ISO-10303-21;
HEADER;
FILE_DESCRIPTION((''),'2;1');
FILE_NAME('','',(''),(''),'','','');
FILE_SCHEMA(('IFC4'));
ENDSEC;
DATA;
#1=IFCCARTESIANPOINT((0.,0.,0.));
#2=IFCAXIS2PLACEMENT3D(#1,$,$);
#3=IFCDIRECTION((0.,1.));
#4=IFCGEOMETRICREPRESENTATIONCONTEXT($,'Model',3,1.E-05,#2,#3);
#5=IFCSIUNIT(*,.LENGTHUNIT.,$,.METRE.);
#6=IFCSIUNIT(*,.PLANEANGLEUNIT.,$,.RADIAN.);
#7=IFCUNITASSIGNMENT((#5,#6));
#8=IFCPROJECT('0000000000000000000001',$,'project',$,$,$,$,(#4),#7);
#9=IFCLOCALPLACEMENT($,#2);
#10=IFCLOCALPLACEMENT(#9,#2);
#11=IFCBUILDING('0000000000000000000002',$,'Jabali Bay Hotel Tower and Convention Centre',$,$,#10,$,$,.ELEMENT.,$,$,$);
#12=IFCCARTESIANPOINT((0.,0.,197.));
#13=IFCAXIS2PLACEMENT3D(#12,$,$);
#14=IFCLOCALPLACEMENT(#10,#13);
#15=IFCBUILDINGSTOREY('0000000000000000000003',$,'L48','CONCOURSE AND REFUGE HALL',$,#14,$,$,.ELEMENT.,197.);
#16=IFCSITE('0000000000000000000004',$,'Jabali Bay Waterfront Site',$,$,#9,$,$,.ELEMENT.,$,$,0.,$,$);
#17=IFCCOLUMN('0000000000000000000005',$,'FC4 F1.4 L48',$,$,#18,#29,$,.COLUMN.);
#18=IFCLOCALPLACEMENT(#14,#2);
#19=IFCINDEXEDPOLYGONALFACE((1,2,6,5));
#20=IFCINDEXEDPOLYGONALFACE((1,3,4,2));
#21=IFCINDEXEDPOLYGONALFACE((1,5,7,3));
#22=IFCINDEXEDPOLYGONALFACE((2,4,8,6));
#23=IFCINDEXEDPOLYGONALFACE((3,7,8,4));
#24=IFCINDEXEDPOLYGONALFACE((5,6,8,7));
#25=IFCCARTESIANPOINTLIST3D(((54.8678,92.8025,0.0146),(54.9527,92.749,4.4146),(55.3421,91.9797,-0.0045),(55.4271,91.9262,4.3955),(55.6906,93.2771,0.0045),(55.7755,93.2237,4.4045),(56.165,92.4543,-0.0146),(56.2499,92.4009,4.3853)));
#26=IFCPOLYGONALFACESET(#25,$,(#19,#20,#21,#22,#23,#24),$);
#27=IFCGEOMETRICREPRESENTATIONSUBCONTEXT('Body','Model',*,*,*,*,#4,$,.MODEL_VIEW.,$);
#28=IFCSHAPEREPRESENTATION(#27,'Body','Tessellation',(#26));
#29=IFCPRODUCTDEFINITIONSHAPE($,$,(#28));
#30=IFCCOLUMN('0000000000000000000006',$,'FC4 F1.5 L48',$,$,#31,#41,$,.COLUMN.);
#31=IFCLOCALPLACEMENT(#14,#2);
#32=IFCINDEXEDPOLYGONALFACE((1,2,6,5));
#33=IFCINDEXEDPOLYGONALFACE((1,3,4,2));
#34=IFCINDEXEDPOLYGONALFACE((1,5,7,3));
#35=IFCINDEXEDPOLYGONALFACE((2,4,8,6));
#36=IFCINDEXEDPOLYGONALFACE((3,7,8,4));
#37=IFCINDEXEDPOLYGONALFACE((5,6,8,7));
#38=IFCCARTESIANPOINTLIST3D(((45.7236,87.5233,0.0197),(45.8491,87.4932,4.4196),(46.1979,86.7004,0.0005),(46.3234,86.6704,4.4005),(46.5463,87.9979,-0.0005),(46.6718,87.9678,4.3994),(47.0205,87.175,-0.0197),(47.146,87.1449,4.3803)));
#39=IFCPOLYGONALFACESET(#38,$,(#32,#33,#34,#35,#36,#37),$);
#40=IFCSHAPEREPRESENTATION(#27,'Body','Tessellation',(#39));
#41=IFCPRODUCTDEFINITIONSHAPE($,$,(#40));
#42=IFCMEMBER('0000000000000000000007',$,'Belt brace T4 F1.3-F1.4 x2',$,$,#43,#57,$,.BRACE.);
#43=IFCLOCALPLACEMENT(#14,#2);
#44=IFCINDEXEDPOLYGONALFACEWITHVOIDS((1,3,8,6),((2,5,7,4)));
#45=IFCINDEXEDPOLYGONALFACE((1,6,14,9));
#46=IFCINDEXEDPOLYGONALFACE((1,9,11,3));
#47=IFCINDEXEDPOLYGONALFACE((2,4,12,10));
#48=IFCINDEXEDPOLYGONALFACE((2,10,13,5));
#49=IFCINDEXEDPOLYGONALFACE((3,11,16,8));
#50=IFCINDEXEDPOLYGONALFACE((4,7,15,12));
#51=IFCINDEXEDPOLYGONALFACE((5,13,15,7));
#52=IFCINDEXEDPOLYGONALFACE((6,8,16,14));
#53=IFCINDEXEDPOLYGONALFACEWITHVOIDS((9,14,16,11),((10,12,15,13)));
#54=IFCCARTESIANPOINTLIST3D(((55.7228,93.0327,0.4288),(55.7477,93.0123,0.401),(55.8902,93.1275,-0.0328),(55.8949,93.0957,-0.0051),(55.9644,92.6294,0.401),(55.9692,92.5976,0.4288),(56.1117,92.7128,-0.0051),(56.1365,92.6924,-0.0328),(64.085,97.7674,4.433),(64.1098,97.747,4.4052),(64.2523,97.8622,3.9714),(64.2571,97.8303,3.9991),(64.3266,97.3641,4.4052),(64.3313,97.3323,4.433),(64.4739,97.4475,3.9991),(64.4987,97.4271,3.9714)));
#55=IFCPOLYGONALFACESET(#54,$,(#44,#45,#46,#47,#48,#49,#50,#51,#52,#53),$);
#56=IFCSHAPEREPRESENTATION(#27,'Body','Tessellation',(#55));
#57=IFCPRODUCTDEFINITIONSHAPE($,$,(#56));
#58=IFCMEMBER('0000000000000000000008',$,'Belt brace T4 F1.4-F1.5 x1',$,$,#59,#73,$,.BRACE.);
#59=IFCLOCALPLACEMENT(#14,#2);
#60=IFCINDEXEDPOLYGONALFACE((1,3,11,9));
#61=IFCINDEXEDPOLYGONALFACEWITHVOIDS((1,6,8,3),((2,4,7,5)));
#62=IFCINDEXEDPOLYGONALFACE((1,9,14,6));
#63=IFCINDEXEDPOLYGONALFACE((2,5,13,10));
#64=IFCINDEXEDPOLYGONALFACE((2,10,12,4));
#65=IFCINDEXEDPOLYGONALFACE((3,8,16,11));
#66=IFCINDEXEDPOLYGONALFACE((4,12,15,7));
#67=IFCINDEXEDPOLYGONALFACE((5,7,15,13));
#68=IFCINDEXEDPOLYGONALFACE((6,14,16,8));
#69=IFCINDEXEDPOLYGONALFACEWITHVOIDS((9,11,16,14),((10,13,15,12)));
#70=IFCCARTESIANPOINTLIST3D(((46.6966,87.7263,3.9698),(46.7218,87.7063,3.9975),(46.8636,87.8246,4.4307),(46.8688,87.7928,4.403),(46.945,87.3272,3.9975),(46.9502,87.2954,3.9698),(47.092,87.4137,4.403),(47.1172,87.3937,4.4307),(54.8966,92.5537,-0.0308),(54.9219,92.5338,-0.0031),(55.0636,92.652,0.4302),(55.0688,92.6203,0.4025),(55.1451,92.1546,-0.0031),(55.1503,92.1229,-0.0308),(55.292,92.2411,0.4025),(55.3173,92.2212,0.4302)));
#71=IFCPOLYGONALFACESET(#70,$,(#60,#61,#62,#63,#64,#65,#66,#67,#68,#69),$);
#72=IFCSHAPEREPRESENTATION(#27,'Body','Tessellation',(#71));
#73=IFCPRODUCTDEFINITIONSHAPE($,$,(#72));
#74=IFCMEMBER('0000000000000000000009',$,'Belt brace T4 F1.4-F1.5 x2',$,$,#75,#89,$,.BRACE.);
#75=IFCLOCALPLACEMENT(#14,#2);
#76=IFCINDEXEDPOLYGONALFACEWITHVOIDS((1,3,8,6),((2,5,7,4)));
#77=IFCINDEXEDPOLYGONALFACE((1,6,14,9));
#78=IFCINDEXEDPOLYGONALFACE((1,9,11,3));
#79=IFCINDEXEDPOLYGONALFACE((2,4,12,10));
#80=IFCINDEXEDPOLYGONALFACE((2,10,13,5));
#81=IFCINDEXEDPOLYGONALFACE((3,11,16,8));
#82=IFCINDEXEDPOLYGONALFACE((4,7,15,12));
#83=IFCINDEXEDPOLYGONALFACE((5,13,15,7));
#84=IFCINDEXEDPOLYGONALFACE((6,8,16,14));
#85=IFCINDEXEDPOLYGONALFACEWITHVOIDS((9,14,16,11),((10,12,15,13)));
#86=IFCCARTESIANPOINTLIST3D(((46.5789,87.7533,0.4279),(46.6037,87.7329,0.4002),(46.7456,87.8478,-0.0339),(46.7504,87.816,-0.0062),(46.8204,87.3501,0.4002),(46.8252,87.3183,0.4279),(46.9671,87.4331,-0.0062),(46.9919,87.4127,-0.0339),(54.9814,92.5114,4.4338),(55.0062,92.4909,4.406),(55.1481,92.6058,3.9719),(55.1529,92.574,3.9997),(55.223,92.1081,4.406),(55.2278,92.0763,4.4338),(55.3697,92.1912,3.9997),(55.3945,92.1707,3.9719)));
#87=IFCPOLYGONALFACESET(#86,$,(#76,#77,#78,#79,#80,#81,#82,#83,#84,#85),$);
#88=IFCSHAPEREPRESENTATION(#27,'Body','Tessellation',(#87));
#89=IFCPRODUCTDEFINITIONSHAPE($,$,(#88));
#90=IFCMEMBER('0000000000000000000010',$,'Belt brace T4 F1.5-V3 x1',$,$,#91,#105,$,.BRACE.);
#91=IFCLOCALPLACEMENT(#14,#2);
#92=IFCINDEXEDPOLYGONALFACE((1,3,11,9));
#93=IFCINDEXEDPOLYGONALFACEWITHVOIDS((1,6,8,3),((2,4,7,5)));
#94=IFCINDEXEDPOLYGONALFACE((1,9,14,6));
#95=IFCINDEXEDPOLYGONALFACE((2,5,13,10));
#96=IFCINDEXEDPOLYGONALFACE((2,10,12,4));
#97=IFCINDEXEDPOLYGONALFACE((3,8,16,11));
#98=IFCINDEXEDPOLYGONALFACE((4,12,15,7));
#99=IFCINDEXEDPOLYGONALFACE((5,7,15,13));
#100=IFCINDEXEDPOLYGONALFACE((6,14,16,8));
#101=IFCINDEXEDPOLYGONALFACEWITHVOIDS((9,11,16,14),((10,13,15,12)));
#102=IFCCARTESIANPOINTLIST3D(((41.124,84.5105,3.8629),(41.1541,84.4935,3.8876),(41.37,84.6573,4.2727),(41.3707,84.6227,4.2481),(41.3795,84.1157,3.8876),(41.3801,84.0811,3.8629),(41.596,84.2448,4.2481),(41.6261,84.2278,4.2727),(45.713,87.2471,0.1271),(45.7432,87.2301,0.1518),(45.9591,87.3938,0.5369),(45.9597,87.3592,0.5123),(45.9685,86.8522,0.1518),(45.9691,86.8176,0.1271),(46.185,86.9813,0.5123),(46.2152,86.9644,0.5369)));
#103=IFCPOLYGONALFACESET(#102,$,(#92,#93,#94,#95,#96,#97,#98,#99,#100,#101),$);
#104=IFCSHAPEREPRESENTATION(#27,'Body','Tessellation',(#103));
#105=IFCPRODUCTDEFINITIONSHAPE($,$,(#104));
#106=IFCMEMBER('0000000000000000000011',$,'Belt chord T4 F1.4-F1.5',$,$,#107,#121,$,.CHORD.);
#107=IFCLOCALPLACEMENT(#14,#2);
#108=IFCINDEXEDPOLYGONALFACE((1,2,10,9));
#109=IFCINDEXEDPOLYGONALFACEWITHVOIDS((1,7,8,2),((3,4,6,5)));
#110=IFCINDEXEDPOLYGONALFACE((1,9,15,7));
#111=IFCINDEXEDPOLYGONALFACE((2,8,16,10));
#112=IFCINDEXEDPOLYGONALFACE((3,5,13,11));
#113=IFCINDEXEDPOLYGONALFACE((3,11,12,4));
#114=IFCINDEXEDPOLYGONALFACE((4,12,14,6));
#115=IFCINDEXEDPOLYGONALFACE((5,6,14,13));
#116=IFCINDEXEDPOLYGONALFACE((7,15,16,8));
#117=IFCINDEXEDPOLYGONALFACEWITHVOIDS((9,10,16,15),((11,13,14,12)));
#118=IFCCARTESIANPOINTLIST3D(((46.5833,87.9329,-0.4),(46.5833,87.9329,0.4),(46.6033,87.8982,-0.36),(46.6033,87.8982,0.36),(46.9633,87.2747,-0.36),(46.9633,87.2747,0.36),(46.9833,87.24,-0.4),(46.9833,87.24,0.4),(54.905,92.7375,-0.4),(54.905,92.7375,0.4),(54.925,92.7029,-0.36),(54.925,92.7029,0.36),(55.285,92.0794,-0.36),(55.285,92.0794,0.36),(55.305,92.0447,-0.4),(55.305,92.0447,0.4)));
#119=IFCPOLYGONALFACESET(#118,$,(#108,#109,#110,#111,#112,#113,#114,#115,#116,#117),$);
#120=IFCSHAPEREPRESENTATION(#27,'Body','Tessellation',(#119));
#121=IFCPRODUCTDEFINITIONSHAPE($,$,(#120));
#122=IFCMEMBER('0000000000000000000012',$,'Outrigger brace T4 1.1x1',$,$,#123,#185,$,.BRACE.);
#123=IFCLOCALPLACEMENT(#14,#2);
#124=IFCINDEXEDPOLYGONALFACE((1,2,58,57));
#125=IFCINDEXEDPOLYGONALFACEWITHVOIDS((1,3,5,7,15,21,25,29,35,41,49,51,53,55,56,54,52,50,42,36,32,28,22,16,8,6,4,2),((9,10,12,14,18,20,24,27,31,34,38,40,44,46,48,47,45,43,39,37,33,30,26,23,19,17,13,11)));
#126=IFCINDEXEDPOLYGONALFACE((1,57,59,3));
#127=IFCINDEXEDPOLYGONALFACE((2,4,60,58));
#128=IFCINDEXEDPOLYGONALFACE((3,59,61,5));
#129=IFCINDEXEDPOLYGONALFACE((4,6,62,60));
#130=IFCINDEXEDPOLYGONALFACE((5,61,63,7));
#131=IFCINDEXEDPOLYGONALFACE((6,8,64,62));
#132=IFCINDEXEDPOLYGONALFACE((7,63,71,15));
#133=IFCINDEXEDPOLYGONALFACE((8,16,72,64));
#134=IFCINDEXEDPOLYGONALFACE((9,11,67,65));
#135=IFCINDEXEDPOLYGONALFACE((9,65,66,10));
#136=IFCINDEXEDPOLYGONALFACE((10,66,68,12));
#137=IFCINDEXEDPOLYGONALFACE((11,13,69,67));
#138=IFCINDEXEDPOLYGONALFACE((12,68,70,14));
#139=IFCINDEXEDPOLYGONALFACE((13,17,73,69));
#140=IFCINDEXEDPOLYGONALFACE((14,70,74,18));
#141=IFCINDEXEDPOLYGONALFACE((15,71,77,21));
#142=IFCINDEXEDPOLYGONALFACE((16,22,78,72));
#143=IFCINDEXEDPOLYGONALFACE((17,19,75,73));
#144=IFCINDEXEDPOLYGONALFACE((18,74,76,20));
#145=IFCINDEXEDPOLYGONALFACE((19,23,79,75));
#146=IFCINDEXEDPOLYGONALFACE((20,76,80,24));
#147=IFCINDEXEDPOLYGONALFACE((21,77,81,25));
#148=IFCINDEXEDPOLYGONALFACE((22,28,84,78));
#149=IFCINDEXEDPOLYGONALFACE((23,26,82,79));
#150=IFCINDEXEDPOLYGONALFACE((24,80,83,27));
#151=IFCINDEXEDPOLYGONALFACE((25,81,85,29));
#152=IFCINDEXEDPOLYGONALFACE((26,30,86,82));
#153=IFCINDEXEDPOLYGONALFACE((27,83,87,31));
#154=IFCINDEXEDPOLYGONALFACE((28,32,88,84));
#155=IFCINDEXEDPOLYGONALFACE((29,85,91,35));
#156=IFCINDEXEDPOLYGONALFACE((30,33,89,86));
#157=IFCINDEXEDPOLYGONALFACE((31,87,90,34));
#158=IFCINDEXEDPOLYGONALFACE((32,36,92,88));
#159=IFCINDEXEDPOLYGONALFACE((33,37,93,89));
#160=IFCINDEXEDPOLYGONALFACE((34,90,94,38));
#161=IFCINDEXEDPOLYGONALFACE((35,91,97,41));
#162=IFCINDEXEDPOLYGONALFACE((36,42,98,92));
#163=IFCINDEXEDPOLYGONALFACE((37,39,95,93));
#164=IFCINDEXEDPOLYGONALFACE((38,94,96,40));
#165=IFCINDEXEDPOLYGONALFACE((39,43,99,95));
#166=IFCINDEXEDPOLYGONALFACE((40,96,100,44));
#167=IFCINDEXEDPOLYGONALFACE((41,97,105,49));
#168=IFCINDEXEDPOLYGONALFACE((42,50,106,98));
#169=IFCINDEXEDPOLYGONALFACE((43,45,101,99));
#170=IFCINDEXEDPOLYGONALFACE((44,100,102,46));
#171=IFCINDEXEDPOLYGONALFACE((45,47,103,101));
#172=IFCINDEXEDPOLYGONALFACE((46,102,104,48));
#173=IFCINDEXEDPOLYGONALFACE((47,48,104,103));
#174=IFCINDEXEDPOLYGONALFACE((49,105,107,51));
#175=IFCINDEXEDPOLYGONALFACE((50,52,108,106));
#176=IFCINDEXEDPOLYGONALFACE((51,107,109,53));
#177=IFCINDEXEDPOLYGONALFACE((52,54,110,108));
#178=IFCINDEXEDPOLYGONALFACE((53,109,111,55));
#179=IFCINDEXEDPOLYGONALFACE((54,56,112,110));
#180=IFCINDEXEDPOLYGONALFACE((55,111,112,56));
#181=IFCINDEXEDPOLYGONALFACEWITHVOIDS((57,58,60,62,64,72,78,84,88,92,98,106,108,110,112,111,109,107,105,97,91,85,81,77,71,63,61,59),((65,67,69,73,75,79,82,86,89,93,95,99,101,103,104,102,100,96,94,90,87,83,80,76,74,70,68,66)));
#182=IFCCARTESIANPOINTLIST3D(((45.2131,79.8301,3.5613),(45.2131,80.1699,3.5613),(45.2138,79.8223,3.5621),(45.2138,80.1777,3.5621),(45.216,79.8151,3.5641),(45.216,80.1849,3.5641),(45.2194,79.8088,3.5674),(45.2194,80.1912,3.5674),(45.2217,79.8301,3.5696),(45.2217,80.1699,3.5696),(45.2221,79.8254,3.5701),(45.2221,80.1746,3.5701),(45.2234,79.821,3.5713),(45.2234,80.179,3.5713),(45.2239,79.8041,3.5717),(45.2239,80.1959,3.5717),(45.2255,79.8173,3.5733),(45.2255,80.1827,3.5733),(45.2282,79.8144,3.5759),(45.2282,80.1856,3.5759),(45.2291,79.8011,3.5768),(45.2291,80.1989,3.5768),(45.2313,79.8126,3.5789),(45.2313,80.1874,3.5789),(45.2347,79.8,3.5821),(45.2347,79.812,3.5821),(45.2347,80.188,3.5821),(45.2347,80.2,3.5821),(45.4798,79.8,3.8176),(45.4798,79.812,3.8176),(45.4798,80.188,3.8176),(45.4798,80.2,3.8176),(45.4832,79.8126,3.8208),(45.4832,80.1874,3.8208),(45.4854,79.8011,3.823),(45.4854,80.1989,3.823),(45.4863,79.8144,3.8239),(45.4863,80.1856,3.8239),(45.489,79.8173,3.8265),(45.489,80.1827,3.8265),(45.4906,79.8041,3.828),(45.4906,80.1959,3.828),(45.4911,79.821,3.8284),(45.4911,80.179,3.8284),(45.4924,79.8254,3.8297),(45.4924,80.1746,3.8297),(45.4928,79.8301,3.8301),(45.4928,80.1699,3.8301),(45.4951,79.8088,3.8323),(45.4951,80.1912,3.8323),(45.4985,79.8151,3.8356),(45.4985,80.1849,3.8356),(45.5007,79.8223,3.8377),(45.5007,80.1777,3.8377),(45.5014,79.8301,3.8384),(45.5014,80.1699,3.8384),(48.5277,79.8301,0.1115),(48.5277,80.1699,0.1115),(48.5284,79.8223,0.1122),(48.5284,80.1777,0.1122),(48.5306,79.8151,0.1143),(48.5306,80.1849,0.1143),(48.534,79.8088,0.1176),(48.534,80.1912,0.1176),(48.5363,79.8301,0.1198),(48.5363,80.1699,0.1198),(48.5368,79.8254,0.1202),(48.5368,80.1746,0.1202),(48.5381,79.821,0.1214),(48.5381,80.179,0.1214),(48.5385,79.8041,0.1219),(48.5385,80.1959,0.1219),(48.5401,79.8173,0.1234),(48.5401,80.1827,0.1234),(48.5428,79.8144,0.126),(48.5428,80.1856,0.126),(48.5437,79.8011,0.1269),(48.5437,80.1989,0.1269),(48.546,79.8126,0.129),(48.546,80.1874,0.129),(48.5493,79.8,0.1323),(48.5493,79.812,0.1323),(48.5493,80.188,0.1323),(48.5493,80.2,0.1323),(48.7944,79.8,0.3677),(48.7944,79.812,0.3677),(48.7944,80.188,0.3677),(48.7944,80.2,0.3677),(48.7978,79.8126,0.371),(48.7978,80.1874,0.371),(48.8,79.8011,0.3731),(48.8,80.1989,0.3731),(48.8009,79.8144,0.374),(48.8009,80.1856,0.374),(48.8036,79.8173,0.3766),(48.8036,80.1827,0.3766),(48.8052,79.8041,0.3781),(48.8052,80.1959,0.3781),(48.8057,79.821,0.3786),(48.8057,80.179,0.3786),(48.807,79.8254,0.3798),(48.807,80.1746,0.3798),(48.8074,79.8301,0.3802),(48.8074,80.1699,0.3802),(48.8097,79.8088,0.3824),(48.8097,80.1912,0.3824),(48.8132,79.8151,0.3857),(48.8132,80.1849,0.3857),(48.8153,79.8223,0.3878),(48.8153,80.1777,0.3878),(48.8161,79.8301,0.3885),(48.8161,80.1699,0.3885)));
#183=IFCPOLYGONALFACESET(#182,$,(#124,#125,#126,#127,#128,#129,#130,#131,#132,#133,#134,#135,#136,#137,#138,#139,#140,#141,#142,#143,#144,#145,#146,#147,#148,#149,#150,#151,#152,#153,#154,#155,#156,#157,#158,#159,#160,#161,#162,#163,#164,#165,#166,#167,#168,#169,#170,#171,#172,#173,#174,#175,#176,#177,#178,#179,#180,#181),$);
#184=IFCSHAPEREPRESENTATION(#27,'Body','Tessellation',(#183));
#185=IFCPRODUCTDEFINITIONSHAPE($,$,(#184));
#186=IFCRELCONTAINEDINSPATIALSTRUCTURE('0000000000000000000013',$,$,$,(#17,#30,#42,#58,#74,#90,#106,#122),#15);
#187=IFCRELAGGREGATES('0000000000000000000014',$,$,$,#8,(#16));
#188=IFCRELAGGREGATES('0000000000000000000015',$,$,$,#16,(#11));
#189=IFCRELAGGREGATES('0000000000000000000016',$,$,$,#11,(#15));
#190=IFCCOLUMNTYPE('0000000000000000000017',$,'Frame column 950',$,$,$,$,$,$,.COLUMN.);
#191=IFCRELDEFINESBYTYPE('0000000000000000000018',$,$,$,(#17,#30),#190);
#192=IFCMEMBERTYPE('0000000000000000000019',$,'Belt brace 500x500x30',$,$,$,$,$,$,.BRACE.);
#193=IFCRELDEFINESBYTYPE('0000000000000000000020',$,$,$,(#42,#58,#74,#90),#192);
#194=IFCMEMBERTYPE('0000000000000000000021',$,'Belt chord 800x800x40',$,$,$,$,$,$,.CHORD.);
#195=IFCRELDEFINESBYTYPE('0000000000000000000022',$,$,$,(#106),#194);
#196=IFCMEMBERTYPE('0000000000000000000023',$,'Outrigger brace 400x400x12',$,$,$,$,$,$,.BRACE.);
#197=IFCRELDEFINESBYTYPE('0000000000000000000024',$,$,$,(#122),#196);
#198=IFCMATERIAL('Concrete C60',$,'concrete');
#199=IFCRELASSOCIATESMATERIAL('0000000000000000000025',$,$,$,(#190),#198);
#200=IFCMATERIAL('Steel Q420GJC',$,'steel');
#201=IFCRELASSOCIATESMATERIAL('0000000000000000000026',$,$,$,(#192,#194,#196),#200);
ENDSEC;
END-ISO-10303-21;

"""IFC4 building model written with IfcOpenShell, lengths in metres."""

from ifc_helpers import new_model, si_unit, direction, frame, origin, origin_2d, place, context, subcontext, project, spatial, rectangle, hollow_rectangle, extrude, material, material_profile, profile_set, type_object, element, save


model = new_model("IFC4")

# Units and contexts
model_context = context("Model", 3, precision=1e-05, world=origin(), true_north=direction((0.0, 1.0)))
body_context = subcontext(model_context, "Body", "Model", "MODEL_VIEW")
ifc_project = project(units=[si_unit("LENGTHUNIT", "METRE"), si_unit("PLANEANGLEUNIT", "RADIAN")], contexts=[model_context])

# Site, building, storey
site_placement = place(None, origin())
site = spatial("IfcSite", under=ifc_project, at=site_placement, Name="Jabali Bay Waterfront Site", CompositionType="ELEMENT", RefElevation=0.0)
building_placement = place(site_placement, origin())
building = spatial("IfcBuilding", under=site, at=building_placement, Name="Jabali Bay Hotel Tower and Convention Centre", CompositionType="ELEMENT")
storey_placement = place(building_placement, frame((0.0, 0.0, 197.0)))
storey = spatial("IfcBuildingStorey", under=building, at=storey_placement, Name="L48", Description="CONCOURSE AND REFUGE HALL", CompositionType="ELEMENT", Elevation=197.0)

# Columns
ifc_material_1 = material(Name="Concrete C60", Category="concrete")
ifc_material_profile_1 = material_profile(ifc_material_1, rectangle(XDim=0.95, YDim=0.95, at=origin_2d()), Name="Frame column 950")
ifc_profile_set_1 = profile_set([ifc_material_profile_1], Name="Concrete C60")
column_type = type_object("IfcColumnType", Name="Frame column 950", PredefinedType="COLUMN", material=ifc_profile_set_1)
column_1_placement = place(storey_placement, frame((55.5164, 92.6284, 0.0), z_axis=(0.019305, -0.012149, 0.99974), x_axis=(-0.499387, 0.866144, 0.020168)))
element("IfcColumn", 1, at=column_1_placement, inside=storey, type_object=column_type, Name="FC4 F1.4 L48", PredefinedType="COLUMN", context=body_context, shape_type="SweptSolid", body=[
    extrude(rectangle(XDim=0.95, YDim=0.95, at=origin_2d()), origin(), (0.0, 0.0, 1.0), 4.4011),
])
column_2_placement = place(storey_placement, frame((46.3721, 87.3491, 0.0), z_axis=(0.028508, -0.006822, 0.99957), x_axis=(-0.499237, 0.866231, 0.020151)))
element("IfcColumn", 2, at=column_2_placement, inside=storey, type_object=column_type, Name="FC4 F1.5 L48", PredefinedType="COLUMN", context=body_context, shape_type="SweptSolid", body=[
    extrude(rectangle(XDim=0.95, YDim=0.95, at=origin_2d()), origin(), (0.0, 0.0, 1.0), 4.4019),
])

# Members
ifc_material_2 = material(Name="Steel Q420GJC", Category="steel")
ifc_material_profile_2 = material_profile(ifc_material_2, hollow_rectangle(XDim=0.5, YDim=0.5, WallThickness=0.03, at=origin_2d()), Name="Belt brace 500x500x30")
ifc_profile_set_2 = profile_set([ifc_material_profile_2], Name="Steel Q420GJC")
member_type_1 = type_object("IfcMemberType", Name="Belt brace 500x500x30", PredefinedType="BRACE", material=ifc_profile_set_2)
member_1_placement = place(storey_placement, frame((55.9297, 92.8625, 0.198), z_axis=(0.80325, 0.454802, 0.384634), x_axis=(-0.492707, 0.870195, 0.0)))
element("IfcMember", 3, at=member_1_placement, inside=storey, type_object=member_type_1, Name="Belt brace T4 F1.3-F1.4 x2", PredefinedType="BRACE", context=body_context, shape_type="SweptSolid", body=[
    extrude(hollow_rectangle(XDim=0.5, YDim=0.5, WallThickness=0.03, at=origin_2d()), origin(), (0.0, 0.0, 1.0), 10.4104),
])
member_2_placement = place(storey_placement, frame((55.1069, 92.3875, 0.1997), z_axis=(-0.794403, -0.467673, 0.387563), x_axis=(0.507324, -0.861755, 0.0)))
element("IfcMember", 4, at=member_2_placement, inside=storey, type_object=member_type_1, Name="Belt brace T4 F1.4-F1.5 x1", PredefinedType="BRACE", context=body_context, shape_type="SweptSolid", body=[
    extrude(hollow_rectangle(XDim=0.5, YDim=0.5, WallThickness=0.03, at=origin_2d()), origin(), (0.0, 0.0, 1.0), 10.3223),
])
member_3_placement = place(storey_placement, frame((46.7854, 87.583, 0.197), z_axis=(0.803755, 0.455135, 0.383183), x_axis=(-0.492745, 0.870174, 0.0)))
element("IfcMember", 5, at=member_3_placement, inside=storey, type_object=member_type_1, Name="Belt brace T4 F1.4-F1.5 x2", PredefinedType="BRACE", context=body_context, shape_type="SweptSolid", body=[
    extrude(hollow_rectangle(XDim=0.5, YDim=0.5, WallThickness=0.03, at=origin_2d()), origin(), (0.0, 0.0, 1.0), 10.4541),
])
member_4_placement = place(storey_placement, frame((45.9641, 87.1057, 0.332), z_axis=(-0.703894, -0.419745, 0.573016), x_axis=(0.512169, -0.858885, 0.0)))
element("IfcMember", 6, at=member_4_placement, inside=storey, type_object=member_type_1, Name="Belt brace T4 F1.5-V3 x1", PredefinedType="BRACE", context=body_context, shape_type="SweptSolid", body=[
    extrude(hollow_rectangle(XDim=0.5, YDim=0.5, WallThickness=0.03, at=origin_2d()), origin(), (0.0, 0.0, 1.0), 6.5195),
])
ifc_material_profile_3 = material_profile(ifc_material_2, hollow_rectangle(XDim=0.8, YDim=0.8, WallThickness=0.04, at=origin_2d()), Name="Belt chord 800x800x40")
ifc_profile_set_3 = profile_set([ifc_material_profile_3], Name="Steel Q420GJC")
member_type_2 = type_object("IfcMemberType", Name="Belt chord 800x800x40", PredefinedType="CHORD", material=ifc_profile_set_3)
member_5_placement = place(storey_placement, frame((55.105, 92.3911, 0.0), z_axis=(-0.866021, -0.500008, 0.0), x_axis=(0.500008, -0.866021, 0.0)))
element("IfcMember", 7, at=member_5_placement, inside=storey, type_object=member_type_2, Name="Belt chord T4 F1.4-F1.5", PredefinedType="CHORD", context=body_context, shape_type="SweptSolid", body=[
    extrude(hollow_rectangle(XDim=0.8, YDim=0.8, WallThickness=0.04, at=origin_2d()), origin(), (0.0, 0.0, 1.0), 9.6091),
])
ifc_material_profile_4 = material_profile(ifc_material_2, hollow_rectangle(XDim=0.3999, YDim=0.3999, WallThickness=0.012, InnerFilletRadius=0.0181, OuterFilletRadius=0.03, at=origin_2d()), Name="Outrigger brace 400x400x12")
ifc_profile_set_4 = profile_set([ifc_material_profile_4], Name="Steel Q420GJC")
member_type_3 = type_object("IfcMemberType", Name="Outrigger brace 400x400x12", PredefinedType="BRACE", material=ifc_profile_set_4)
member_6_placement = place(storey_placement, frame((48.6719, 80.0, 0.25), z_axis=(-0.69283, 0.0, 0.721101), x_axis=(0.0, -1.0, 0.0)))
element("IfcMember", 8, at=member_6_placement, inside=storey, type_object=member_type_3, Name="Outrigger brace T4 1.1x1", PredefinedType="BRACE", context=body_context, shape_type="SweptSolid", body=[
    extrude(hollow_rectangle(XDim=0.3999, YDim=0.3999, WallThickness=0.012, InnerFilletRadius=0.0181, OuterFilletRadius=0.03, at=origin_2d()), origin(), (0.0, 0.0, 1.0), 4.7842),
])

save(model, "model.ifc")
